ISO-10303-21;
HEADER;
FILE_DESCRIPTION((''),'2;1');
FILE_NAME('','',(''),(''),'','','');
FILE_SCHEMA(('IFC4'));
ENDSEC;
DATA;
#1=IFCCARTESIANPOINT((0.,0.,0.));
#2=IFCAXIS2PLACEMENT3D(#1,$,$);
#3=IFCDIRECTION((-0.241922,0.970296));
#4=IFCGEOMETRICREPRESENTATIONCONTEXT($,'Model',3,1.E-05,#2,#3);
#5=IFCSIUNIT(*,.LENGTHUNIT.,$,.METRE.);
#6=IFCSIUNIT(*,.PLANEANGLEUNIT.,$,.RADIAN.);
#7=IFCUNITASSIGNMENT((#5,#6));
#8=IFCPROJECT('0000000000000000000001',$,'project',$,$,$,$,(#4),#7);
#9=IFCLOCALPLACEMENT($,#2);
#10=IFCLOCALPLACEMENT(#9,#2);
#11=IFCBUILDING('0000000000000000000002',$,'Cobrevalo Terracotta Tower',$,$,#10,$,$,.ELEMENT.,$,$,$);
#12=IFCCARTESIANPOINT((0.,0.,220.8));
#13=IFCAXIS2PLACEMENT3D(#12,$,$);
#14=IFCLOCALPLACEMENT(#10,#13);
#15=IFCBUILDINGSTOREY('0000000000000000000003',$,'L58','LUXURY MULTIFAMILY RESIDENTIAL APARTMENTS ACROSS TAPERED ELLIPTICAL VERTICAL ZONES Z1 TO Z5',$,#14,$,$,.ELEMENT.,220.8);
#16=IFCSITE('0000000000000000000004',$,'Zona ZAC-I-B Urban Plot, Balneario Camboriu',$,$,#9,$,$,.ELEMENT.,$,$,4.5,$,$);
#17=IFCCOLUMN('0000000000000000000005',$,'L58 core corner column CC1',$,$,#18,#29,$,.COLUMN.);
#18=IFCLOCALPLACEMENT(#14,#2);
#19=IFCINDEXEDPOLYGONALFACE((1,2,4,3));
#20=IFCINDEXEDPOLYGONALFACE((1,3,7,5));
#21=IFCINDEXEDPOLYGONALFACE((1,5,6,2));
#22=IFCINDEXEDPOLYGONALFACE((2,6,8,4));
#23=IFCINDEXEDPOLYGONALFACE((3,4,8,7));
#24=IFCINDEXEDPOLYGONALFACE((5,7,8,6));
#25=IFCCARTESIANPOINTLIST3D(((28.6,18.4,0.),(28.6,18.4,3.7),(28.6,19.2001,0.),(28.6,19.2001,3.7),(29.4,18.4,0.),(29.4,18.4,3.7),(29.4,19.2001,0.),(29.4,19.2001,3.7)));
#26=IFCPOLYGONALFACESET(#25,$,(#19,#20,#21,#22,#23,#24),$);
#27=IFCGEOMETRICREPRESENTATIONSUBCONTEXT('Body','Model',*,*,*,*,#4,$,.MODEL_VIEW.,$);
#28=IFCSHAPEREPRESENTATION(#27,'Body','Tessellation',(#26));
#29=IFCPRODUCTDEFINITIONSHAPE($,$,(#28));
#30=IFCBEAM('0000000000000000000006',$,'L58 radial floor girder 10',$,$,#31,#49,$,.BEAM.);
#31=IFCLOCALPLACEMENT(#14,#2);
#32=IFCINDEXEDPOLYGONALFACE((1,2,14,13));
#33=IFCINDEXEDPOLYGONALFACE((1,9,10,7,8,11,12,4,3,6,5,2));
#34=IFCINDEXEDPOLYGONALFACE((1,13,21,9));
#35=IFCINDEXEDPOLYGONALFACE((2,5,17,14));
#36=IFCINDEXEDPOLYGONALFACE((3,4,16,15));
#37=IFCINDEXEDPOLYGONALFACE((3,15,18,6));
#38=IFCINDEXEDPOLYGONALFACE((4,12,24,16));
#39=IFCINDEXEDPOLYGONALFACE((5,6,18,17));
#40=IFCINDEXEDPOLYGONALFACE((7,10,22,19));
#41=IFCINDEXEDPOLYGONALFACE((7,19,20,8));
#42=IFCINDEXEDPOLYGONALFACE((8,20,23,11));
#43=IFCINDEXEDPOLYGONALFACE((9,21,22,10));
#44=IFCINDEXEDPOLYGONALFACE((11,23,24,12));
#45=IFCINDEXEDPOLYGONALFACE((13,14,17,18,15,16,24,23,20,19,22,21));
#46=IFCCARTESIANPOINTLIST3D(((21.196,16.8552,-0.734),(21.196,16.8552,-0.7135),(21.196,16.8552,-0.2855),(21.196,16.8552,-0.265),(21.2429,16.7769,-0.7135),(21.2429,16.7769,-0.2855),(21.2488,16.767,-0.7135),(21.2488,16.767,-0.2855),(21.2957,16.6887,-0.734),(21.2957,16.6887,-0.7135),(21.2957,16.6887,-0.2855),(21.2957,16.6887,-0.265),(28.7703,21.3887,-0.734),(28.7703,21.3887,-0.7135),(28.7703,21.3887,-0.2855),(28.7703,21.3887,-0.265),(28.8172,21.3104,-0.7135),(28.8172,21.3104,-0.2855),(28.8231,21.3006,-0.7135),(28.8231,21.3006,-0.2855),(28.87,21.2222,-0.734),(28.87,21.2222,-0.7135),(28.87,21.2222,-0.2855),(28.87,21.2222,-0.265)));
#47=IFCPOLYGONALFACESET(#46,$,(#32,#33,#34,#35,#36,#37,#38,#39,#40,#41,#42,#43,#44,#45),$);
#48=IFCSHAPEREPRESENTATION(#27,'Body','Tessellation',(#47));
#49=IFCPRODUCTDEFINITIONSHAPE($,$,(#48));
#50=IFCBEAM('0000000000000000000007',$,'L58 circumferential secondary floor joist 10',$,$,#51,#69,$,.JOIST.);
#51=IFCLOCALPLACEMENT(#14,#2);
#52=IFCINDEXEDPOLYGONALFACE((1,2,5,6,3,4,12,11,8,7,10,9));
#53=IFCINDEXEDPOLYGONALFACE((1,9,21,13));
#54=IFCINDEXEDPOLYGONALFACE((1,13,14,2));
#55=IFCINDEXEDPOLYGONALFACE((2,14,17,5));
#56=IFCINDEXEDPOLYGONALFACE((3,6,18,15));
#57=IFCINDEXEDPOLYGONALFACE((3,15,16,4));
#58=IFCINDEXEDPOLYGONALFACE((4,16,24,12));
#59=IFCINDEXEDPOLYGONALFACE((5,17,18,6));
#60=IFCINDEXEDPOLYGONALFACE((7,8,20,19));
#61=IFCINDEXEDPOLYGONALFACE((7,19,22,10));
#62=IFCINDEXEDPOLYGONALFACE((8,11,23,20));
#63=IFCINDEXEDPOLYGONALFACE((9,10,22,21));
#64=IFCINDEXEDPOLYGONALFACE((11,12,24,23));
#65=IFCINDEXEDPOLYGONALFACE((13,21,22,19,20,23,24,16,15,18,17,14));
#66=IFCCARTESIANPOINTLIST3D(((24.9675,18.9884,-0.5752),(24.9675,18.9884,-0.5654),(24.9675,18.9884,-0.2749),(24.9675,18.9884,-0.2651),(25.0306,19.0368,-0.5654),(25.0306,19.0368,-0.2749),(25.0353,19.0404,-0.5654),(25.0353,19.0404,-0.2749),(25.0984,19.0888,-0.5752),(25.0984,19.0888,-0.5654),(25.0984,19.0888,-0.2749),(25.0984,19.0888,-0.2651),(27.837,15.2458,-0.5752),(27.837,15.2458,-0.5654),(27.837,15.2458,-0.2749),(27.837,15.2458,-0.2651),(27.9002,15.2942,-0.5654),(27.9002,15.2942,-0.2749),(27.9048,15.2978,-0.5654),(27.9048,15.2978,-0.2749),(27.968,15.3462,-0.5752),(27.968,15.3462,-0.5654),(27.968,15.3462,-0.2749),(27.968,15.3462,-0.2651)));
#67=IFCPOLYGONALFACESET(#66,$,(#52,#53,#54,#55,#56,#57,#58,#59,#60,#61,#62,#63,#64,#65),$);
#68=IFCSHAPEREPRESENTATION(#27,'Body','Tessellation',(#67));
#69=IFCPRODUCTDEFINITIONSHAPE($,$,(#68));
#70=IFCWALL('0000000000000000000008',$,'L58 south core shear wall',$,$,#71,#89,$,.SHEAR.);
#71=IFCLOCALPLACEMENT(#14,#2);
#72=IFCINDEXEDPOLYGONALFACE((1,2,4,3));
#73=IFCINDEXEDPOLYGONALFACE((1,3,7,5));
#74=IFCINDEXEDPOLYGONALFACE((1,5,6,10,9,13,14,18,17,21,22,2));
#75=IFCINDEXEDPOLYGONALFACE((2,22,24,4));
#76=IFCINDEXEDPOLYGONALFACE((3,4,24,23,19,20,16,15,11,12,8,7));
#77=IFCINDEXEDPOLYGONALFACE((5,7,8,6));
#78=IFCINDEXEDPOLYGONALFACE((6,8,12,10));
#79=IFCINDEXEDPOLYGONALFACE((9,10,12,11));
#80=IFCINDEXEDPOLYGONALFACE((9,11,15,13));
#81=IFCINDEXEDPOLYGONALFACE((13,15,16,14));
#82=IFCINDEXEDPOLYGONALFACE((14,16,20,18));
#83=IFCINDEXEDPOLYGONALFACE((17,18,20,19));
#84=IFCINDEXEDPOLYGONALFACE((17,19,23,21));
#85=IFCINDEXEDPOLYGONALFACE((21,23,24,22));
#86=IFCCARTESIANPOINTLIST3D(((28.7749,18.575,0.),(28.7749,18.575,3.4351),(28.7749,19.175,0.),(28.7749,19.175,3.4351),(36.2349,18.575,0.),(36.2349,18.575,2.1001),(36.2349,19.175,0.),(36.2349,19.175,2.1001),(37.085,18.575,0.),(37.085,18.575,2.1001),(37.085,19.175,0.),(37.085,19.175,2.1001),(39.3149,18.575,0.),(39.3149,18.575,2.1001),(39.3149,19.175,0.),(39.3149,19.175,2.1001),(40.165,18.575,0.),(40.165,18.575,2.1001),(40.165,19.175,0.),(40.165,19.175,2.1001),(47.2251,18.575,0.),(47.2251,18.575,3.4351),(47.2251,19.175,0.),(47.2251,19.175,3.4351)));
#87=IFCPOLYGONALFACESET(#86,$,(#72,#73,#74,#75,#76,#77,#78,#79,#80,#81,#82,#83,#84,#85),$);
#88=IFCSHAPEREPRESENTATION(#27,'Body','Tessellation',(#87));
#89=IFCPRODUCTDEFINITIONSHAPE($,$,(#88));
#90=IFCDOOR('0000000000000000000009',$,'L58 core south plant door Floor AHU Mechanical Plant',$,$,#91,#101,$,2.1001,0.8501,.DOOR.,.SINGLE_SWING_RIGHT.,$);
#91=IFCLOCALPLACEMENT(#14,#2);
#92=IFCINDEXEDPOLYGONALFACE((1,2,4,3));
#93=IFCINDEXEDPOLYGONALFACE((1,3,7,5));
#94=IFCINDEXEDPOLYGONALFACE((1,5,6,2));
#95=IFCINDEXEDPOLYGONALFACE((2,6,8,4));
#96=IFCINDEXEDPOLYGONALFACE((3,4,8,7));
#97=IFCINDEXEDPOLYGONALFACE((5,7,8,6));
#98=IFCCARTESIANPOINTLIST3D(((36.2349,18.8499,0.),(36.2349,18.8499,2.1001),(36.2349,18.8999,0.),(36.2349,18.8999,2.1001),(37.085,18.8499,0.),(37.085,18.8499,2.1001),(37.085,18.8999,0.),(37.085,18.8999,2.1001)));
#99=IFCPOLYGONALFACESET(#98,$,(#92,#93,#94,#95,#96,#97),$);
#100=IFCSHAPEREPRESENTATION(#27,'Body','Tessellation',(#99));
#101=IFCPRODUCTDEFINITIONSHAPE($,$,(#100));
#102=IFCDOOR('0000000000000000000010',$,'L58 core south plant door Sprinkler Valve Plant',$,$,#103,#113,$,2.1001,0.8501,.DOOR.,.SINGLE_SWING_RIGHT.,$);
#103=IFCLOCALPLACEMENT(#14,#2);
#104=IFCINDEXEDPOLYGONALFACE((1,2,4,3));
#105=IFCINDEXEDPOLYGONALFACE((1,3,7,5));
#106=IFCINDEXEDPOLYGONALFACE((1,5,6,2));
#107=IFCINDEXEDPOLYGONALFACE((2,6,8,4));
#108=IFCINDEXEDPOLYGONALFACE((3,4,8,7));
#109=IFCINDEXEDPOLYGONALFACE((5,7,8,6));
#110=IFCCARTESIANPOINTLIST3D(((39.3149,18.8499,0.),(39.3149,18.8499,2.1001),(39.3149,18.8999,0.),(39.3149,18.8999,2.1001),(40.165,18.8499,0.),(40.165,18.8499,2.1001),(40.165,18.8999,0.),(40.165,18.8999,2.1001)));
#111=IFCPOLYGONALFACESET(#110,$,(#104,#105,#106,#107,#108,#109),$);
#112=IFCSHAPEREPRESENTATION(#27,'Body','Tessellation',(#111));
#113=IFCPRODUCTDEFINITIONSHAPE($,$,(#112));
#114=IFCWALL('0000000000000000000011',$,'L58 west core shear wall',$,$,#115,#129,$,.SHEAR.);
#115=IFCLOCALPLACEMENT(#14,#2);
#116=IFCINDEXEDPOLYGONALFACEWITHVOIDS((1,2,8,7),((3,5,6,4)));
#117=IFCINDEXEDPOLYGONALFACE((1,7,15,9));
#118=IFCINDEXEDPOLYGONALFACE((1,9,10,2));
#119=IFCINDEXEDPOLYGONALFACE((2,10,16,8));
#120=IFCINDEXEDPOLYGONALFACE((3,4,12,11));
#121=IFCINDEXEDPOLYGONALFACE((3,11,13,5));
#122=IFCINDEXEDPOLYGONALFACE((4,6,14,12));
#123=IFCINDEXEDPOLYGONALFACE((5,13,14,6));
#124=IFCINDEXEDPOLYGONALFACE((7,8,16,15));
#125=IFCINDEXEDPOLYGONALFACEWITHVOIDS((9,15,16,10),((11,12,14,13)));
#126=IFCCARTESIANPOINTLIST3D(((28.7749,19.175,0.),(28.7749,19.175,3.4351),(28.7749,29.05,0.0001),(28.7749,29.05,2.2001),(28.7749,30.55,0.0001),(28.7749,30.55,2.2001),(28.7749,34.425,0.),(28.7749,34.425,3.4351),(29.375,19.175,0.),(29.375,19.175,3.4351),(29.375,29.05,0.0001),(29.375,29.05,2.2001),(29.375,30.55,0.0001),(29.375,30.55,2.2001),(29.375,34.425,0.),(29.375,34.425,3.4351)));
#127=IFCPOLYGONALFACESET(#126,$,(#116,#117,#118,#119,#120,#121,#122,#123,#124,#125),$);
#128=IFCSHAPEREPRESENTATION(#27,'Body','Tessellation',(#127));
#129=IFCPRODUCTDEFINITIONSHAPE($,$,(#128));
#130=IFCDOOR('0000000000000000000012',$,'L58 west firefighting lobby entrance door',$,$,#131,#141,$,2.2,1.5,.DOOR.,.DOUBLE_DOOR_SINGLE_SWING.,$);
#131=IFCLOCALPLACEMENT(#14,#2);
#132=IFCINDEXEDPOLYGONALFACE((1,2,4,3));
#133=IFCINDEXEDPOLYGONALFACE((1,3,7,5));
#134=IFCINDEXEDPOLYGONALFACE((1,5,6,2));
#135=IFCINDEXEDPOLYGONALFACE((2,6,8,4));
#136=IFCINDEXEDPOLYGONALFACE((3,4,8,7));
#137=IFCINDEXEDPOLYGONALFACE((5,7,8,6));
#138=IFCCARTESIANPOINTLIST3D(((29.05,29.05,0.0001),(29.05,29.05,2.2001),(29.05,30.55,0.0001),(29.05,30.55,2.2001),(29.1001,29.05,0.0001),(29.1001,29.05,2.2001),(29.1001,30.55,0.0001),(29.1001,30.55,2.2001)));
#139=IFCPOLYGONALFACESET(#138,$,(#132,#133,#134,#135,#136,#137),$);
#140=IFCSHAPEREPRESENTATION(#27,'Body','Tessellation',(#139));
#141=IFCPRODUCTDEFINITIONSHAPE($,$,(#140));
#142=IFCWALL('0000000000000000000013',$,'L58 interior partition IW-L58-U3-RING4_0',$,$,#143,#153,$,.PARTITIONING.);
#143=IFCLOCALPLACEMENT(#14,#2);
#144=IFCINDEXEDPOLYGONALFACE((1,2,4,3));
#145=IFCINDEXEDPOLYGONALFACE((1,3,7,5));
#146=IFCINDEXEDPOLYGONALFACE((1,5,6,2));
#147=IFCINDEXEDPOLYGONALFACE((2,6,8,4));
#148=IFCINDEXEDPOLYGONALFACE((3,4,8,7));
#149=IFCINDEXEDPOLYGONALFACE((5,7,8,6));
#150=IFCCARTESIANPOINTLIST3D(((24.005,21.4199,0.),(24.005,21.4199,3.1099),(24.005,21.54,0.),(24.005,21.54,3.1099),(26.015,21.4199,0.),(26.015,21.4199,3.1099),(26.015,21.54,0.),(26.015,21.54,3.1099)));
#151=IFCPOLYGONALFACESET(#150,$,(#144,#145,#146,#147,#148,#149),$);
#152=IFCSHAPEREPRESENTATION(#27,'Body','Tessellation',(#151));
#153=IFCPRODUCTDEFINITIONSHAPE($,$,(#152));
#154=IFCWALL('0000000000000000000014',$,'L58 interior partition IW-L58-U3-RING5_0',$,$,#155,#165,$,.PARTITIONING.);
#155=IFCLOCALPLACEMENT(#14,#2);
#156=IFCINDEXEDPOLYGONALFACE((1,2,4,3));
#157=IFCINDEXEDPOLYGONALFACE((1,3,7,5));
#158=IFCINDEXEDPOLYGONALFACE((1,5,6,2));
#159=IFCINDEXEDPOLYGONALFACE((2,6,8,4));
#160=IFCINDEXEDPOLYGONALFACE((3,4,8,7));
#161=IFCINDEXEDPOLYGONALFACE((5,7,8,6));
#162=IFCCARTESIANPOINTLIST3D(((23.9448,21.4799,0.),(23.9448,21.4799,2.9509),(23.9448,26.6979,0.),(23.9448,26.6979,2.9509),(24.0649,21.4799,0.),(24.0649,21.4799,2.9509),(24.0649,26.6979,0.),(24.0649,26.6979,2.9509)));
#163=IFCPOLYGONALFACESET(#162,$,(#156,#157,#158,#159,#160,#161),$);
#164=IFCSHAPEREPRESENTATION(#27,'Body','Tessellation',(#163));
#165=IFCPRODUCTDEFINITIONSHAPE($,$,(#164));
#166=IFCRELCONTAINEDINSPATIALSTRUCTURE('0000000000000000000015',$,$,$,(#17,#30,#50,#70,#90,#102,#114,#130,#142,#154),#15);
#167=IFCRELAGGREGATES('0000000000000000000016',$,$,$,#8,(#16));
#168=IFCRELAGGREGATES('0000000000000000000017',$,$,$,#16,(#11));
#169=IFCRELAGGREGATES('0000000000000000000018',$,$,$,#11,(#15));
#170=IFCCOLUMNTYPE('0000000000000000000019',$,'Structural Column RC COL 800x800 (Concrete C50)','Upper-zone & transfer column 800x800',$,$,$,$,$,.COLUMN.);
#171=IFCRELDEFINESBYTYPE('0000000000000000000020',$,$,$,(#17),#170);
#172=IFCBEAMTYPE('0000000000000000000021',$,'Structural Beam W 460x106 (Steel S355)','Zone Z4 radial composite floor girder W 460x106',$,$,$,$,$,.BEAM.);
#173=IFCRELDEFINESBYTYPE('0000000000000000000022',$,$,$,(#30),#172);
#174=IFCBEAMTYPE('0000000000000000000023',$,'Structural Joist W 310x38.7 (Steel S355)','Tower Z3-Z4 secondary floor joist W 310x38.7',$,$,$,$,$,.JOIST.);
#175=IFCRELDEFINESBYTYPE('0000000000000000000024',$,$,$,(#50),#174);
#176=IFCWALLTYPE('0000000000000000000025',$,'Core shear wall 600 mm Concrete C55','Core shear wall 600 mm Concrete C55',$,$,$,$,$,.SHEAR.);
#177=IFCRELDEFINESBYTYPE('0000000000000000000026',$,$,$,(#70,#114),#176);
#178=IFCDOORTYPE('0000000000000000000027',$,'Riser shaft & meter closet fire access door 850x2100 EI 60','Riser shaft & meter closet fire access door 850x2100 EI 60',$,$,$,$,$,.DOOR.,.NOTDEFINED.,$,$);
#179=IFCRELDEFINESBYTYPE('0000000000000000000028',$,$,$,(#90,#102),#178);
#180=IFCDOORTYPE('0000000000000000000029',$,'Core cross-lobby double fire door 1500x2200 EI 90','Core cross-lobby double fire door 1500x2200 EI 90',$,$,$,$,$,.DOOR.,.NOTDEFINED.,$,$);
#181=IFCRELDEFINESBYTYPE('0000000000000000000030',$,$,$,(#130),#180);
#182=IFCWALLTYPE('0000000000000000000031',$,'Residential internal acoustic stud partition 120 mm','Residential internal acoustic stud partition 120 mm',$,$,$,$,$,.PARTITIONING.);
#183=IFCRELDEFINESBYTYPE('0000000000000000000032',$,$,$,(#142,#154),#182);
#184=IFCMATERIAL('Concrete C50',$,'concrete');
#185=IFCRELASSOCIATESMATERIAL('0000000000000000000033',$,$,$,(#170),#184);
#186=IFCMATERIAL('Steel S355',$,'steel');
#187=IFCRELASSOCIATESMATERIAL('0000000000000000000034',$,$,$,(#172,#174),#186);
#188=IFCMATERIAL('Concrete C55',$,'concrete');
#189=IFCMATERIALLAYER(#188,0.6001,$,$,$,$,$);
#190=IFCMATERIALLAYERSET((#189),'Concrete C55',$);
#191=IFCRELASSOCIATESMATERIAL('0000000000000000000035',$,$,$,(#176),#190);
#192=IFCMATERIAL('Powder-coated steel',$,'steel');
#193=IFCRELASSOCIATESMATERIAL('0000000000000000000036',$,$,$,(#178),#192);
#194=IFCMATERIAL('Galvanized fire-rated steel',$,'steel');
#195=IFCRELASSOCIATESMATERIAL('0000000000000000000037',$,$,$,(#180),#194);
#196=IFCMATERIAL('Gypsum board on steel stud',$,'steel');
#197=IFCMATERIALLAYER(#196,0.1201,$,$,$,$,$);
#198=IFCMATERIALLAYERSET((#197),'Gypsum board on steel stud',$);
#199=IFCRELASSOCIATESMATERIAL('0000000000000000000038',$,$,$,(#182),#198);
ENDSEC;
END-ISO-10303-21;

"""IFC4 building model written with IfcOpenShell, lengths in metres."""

from ifc_helpers import new_model, si_unit, direction, frame, frame_2d, origin, origin_2d, place, context, subcontext, project, spatial, rectangle, i_section, extrude, source, transform, mapped, material, layer, layer_set, material_profile, profile_set, type_object, element, fill, save


model = new_model("IFC4")

# Units and contexts
model_context = context("Model", 3, precision=1e-05, world=origin(), true_north=direction((-0.241922, 0.970296)))
body_context = subcontext(model_context, "Body", "Model", "MODEL_VIEW")
ifc_project = project(units=[si_unit("LENGTHUNIT", "METRE"), si_unit("PLANEANGLEUNIT", "RADIAN")], contexts=[model_context])

# Site, building, storey
site_placement = place(None, origin())
site = spatial("IfcSite", under=ifc_project, at=site_placement, Name="Zona ZAC-I-B Urban Plot, Balneario Camboriu", CompositionType="ELEMENT", RefElevation=4.5)
building_placement = place(site_placement, origin())
building = spatial("IfcBuilding", under=site, at=building_placement, Name="Cobrevalo Terracotta Tower", CompositionType="ELEMENT")
storey_placement = place(building_placement, frame((0.0, 0.0, 220.8)))
storey = spatial("IfcBuildingStorey", under=building, at=storey_placement, Name="L58", Description="LUXURY MULTIFAMILY RESIDENTIAL APARTMENTS ACROSS TAPERED ELLIPTICAL VERTICAL ZONES Z1 TO Z5", CompositionType="ELEMENT", Elevation=220.8)

# Column
ifc_material_1 = material(Name="Concrete C50", Category="concrete")
ifc_material_profile_1 = material_profile(ifc_material_1, rectangle(XDim=0.8, YDim=0.8, at=origin_2d()), Name="RC COL 800x800")
ifc_profile_set_1 = profile_set([ifc_material_profile_1], Name="Concrete C50")
column_type = type_object("IfcColumnType", Name="Structural Column RC COL 800x800 (Concrete C50)", Description="Upper-zone & transfer column 800x800", PredefinedType="COLUMN", material=ifc_profile_set_1)
column_placement = place(storey_placement, frame((29.0, 18.8, 0.0), z_axis=(0.0, 0.0, 1.0), x_axis=(1.0, 0.0, 0.0)))
element("IfcColumn", 1, at=column_placement, inside=storey, type_object=column_type, Name="L58 core corner column CC1", PredefinedType="COLUMN", context=body_context, shape_type="SweptSolid", body=[
    extrude(rectangle(XDim=0.8, YDim=0.8, at=origin_2d()), origin(), (0.0, 0.0, 1.0), 3.7),
])

# Beams
ifc_material_2 = material(Name="Steel S355", Category="steel")
ifc_material_profile_2 = material_profile(ifc_material_2, i_section(OverallWidth=0.1941, OverallDepth=0.469, WebThickness=0.0115, FlangeThickness=0.0205, at=origin_2d()), Name="W 460x106")
ifc_profile_set_2 = profile_set([ifc_material_profile_2], Name="Steel S355")
beam_type_1 = type_object("IfcBeamType", Name="Structural Beam W 460x106 (Steel S355)", Description="Zone Z4 radial composite floor girder W 460x106", PredefinedType="BEAM", material=ifc_profile_set_2)
beam_1_placement = place(storey_placement, frame((21.2458, 16.772, -0.4995), z_axis=(0.858046, 0.513572, 0.0), x_axis=(-0.513572, 0.858046, 0.0)))
element("IfcBeam", 2, at=beam_1_placement, inside=storey, type_object=beam_type_1, Name="L58 radial floor girder 10", PredefinedType="BEAM", context=body_context, shape_type="SweptSolid", body=[
    extrude(i_section(OverallWidth=0.1941, OverallDepth=0.469, WebThickness=0.0115, FlangeThickness=0.0205, at=origin_2d()), origin(), (0.0, 0.0, 1.0), 8.8274),
])
ifc_material_profile_3 = material_profile(ifc_material_2, i_section(OverallWidth=0.165, OverallDepth=0.3101, WebThickness=0.0059, FlangeThickness=0.0098, at=origin_2d()), Name="W 310x38.7")
ifc_profile_set_3 = profile_set([ifc_material_profile_3], Name="Steel S355")
beam_type_2 = type_object("IfcBeamType", Name="Structural Joist W 310x38.7 (Steel S355)", Description="Tower Z3-Z4 secondary floor joist W 310x38.7", PredefinedType="JOIST", material=ifc_profile_set_3)
beam_2_placement = place(storey_placement, frame((25.033, 19.0386, -0.4202), z_axis=(0.608464, -0.793581, 0.0), x_axis=(0.793581, 0.608464, 0.0)))
element("IfcBeam", 3, at=beam_2_placement, inside=storey, type_object=beam_type_2, Name="L58 circumferential secondary floor joist 10", PredefinedType="JOIST", context=body_context, shape_type="SweptSolid", body=[
    extrude(i_section(OverallWidth=0.165, OverallDepth=0.3101, WebThickness=0.0059, FlangeThickness=0.0098, at=origin_2d()), origin(), (0.0, 0.0, 1.0), 4.7161),
])

# Wall, openings, doors
ifc_material_3 = material(Name="Concrete C55", Category="concrete")
ifc_layer_1 = layer(ifc_material_3, 0.6001)
ifc_layer_set_1 = layer_set([ifc_layer_1], Name="Concrete C55")
wall_type_1 = type_object("IfcWallType", Name="Core shear wall 600 mm Concrete C55", Description="Core shear wall 600 mm Concrete C55", PredefinedType="SHEAR", material=ifc_layer_set_1)
wall_1_placement = place(storey_placement, frame((28.7749, 18.875, 0.0), z_axis=(0.0, 0.0, 1.0), x_axis=(1.0, 0.0, 0.0)))
wall_1 = element("IfcWall", 4, at=wall_1_placement, inside=storey, type_object=wall_type_1, Name="L58 south core shear wall", PredefinedType="SHEAR", context=body_context, shape_type="SweptSolid", body=[
    extrude(rectangle(XDim=18.4502, YDim=0.6001, at=frame_2d((9.2251, 0.0))), origin(), (0.0, 0.0, 1.0), 3.4351),
])
opening_1_placement = place(wall_1_placement, frame((7.46, 0.0, 0.0)))
opening_1 = element("IfcOpeningElement", 5, at=opening_1_placement, cuts=wall_1, PredefinedType="OPENING", context=body_context, shape_type="SweptSolid", body=[
    extrude(rectangle(XDim=0.8501, YDim=2.1001, at=frame_2d((0.425, 1.05))), frame((0.0, 0.3101, 0.0), z_axis=(0.0, -1.0, 0.0), x_axis=(1.0, 0.0, 0.0)), (0.0, 0.0, 1.0), 0.6201),
])
opening_2_placement = place(wall_1_placement, frame((10.54, 0.0, 0.0)))
opening_2 = element("IfcOpeningElement", 6, at=opening_2_placement, cuts=wall_1, PredefinedType="OPENING", context=body_context, shape_type="SweptSolid", body=[
    extrude(rectangle(XDim=0.8501, YDim=2.1001, at=frame_2d((0.425, 1.05))), frame((0.0, 0.3101, 0.0), z_axis=(0.0, -1.0, 0.0), x_axis=(1.0, 0.0, 0.0)), (0.0, 0.0, 1.0), 0.6201),
])
ifc_material_4 = material(Name="Powder-coated steel", Category="steel")
door_type_1 = type_object("IfcDoorType", Name="Riser shaft & meter closet fire access door 850x2100 EI 60", Description="Riser shaft & meter closet fire access door 850x2100 EI 60", OperationType="NOTDEFINED", PredefinedType="DOOR", material=ifc_material_4)
shared_shape_1 = source(origin(), body_context, "Body", "SweptSolid", [
    extrude(rectangle(XDim=0.8501, YDim=2.1001, at=frame_2d((0.425, 1.05))), frame((0.0, 0.0249, 0.0), z_axis=(0.0, -1.0, 0.0), x_axis=(1.0, 0.0, 0.0)), (0.0, 0.0, 1.0), 0.05),
])
door_1_placement = place(opening_1_placement, origin())
door_1 = element("IfcDoor", 7, at=door_1_placement, inside=storey, type_object=door_type_1, Name="L58 core south plant door Floor AHU Mechanical Plant", OperationType="SINGLE_SWING_RIGHT", OverallHeight=2.1001, OverallWidth=0.8501, PredefinedType="DOOR", context=body_context, shape_type="MappedRepresentation", body=[
    mapped(shared_shape_1, transform((0.0, 0.0, 0.0), scale=1.0)),
])
fill(opening_1, door_1)
door_2_placement = place(opening_2_placement, origin())
door_2 = element("IfcDoor", 8, at=door_2_placement, inside=storey, type_object=door_type_1, Name="L58 core south plant door Sprinkler Valve Plant", OperationType="SINGLE_SWING_RIGHT", OverallHeight=2.1001, OverallWidth=0.8501, PredefinedType="DOOR", context=body_context, shape_type="MappedRepresentation", body=[
    mapped(shared_shape_1, transform((0.0, 0.0, 0.0), scale=1.0)),
])
fill(opening_2, door_2)

# Wall, opening, door
wall_2_placement = place(storey_placement, frame((29.075, 19.175, 0.0), z_axis=(0.0, 0.0, 1.0), x_axis=(0.0, 1.0, 0.0)))
wall_2 = element("IfcWall", 9, at=wall_2_placement, inside=storey, type_object=wall_type_1, Name="L58 west core shear wall", PredefinedType="SHEAR", context=body_context, shape_type="SweptSolid", body=[
    extrude(rectangle(XDim=15.25, YDim=0.6001, at=frame_2d((7.625, 0.0))), origin(), (0.0, 0.0, 1.0), 3.4351),
])
opening_3_placement = place(wall_2_placement, frame((9.875, 0.0, 0.0)))
opening_3 = element("IfcOpeningElement", 10, at=opening_3_placement, cuts=wall_2, PredefinedType="OPENING", context=body_context, shape_type="SweptSolid", body=[
    extrude(rectangle(XDim=1.5, YDim=2.2, at=frame_2d((0.75, 1.1001))), frame((0.0, 0.3101, 0.0), z_axis=(0.0, -1.0, 0.0), x_axis=(1.0, 0.0, 0.0)), (0.0, 0.0, 1.0), 0.6201),
])
ifc_material_5 = material(Name="Galvanized fire-rated steel", Category="steel")
door_type_2 = type_object("IfcDoorType", Name="Core cross-lobby double fire door 1500x2200 EI 90", Description="Core cross-lobby double fire door 1500x2200 EI 90", OperationType="NOTDEFINED", PredefinedType="DOOR", material=ifc_material_5)
shared_shape_2 = source(origin(), body_context, "Body", "SweptSolid", [
    extrude(rectangle(XDim=1.5, YDim=2.2, at=frame_2d((0.75, 1.1001))), frame((0.0, 0.0249, 0.0), z_axis=(0.0, -1.0, 0.0), x_axis=(1.0, 0.0, 0.0)), (0.0, 0.0, 1.0), 0.05),
])
door_3_placement = place(opening_3_placement, origin())
door_3 = element("IfcDoor", 11, at=door_3_placement, inside=storey, type_object=door_type_2, Name="L58 west firefighting lobby entrance door", OperationType="DOUBLE_DOOR_SINGLE_SWING", OverallHeight=2.2, OverallWidth=1.5, PredefinedType="DOOR", context=body_context, shape_type="MappedRepresentation", body=[
    mapped(shared_shape_2, transform((0.0, 0.0, 0.0), scale=1.0)),
])
fill(opening_3, door_3)

# Walls
ifc_material_6 = material(Name="Gypsum board on steel stud", Category="steel")
ifc_layer_2 = layer(ifc_material_6, 0.1201)
ifc_layer_set_2 = layer_set([ifc_layer_2], Name="Gypsum board on steel stud")
wall_type_2 = type_object("IfcWallType", Name="Residential internal acoustic stud partition 120 mm", Description="Residential internal acoustic stud partition 120 mm", PredefinedType="PARTITIONING", material=ifc_layer_set_2)
wall_3_placement = place(storey_placement, frame((26.0149, 21.48, 0.0), z_axis=(0.0, 0.0, 1.0), x_axis=(-1.0, 0.0, 0.0)))
element("IfcWall", 12, at=wall_3_placement, inside=storey, type_object=wall_type_2, Name="L58 interior partition IW-L58-U3-RING4_0", PredefinedType="PARTITIONING", context=body_context, shape_type="SweptSolid", body=[
    extrude(rectangle(XDim=2.01, YDim=0.1201, at=frame_2d((1.0049, 0.0))), origin(), (0.0, 0.0, 1.0), 3.1099),
])
wall_4_placement = place(storey_placement, frame((24.0049, 21.48, 0.0), z_axis=(0.0, 0.0, 1.0), x_axis=(0.0, 1.0, 0.0)))
element("IfcWall", 13, at=wall_4_placement, inside=storey, type_object=wall_type_2, Name="L58 interior partition IW-L58-U3-RING5_0", PredefinedType="PARTITIONING", context=body_context, shape_type="SweptSolid", body=[
    extrude(rectangle(XDim=5.218, YDim=0.1201, at=frame_2d((2.6089, 0.0))), origin(), (0.0, 0.0, 1.0), 2.9509),
])

save(model, "model.ifc")
